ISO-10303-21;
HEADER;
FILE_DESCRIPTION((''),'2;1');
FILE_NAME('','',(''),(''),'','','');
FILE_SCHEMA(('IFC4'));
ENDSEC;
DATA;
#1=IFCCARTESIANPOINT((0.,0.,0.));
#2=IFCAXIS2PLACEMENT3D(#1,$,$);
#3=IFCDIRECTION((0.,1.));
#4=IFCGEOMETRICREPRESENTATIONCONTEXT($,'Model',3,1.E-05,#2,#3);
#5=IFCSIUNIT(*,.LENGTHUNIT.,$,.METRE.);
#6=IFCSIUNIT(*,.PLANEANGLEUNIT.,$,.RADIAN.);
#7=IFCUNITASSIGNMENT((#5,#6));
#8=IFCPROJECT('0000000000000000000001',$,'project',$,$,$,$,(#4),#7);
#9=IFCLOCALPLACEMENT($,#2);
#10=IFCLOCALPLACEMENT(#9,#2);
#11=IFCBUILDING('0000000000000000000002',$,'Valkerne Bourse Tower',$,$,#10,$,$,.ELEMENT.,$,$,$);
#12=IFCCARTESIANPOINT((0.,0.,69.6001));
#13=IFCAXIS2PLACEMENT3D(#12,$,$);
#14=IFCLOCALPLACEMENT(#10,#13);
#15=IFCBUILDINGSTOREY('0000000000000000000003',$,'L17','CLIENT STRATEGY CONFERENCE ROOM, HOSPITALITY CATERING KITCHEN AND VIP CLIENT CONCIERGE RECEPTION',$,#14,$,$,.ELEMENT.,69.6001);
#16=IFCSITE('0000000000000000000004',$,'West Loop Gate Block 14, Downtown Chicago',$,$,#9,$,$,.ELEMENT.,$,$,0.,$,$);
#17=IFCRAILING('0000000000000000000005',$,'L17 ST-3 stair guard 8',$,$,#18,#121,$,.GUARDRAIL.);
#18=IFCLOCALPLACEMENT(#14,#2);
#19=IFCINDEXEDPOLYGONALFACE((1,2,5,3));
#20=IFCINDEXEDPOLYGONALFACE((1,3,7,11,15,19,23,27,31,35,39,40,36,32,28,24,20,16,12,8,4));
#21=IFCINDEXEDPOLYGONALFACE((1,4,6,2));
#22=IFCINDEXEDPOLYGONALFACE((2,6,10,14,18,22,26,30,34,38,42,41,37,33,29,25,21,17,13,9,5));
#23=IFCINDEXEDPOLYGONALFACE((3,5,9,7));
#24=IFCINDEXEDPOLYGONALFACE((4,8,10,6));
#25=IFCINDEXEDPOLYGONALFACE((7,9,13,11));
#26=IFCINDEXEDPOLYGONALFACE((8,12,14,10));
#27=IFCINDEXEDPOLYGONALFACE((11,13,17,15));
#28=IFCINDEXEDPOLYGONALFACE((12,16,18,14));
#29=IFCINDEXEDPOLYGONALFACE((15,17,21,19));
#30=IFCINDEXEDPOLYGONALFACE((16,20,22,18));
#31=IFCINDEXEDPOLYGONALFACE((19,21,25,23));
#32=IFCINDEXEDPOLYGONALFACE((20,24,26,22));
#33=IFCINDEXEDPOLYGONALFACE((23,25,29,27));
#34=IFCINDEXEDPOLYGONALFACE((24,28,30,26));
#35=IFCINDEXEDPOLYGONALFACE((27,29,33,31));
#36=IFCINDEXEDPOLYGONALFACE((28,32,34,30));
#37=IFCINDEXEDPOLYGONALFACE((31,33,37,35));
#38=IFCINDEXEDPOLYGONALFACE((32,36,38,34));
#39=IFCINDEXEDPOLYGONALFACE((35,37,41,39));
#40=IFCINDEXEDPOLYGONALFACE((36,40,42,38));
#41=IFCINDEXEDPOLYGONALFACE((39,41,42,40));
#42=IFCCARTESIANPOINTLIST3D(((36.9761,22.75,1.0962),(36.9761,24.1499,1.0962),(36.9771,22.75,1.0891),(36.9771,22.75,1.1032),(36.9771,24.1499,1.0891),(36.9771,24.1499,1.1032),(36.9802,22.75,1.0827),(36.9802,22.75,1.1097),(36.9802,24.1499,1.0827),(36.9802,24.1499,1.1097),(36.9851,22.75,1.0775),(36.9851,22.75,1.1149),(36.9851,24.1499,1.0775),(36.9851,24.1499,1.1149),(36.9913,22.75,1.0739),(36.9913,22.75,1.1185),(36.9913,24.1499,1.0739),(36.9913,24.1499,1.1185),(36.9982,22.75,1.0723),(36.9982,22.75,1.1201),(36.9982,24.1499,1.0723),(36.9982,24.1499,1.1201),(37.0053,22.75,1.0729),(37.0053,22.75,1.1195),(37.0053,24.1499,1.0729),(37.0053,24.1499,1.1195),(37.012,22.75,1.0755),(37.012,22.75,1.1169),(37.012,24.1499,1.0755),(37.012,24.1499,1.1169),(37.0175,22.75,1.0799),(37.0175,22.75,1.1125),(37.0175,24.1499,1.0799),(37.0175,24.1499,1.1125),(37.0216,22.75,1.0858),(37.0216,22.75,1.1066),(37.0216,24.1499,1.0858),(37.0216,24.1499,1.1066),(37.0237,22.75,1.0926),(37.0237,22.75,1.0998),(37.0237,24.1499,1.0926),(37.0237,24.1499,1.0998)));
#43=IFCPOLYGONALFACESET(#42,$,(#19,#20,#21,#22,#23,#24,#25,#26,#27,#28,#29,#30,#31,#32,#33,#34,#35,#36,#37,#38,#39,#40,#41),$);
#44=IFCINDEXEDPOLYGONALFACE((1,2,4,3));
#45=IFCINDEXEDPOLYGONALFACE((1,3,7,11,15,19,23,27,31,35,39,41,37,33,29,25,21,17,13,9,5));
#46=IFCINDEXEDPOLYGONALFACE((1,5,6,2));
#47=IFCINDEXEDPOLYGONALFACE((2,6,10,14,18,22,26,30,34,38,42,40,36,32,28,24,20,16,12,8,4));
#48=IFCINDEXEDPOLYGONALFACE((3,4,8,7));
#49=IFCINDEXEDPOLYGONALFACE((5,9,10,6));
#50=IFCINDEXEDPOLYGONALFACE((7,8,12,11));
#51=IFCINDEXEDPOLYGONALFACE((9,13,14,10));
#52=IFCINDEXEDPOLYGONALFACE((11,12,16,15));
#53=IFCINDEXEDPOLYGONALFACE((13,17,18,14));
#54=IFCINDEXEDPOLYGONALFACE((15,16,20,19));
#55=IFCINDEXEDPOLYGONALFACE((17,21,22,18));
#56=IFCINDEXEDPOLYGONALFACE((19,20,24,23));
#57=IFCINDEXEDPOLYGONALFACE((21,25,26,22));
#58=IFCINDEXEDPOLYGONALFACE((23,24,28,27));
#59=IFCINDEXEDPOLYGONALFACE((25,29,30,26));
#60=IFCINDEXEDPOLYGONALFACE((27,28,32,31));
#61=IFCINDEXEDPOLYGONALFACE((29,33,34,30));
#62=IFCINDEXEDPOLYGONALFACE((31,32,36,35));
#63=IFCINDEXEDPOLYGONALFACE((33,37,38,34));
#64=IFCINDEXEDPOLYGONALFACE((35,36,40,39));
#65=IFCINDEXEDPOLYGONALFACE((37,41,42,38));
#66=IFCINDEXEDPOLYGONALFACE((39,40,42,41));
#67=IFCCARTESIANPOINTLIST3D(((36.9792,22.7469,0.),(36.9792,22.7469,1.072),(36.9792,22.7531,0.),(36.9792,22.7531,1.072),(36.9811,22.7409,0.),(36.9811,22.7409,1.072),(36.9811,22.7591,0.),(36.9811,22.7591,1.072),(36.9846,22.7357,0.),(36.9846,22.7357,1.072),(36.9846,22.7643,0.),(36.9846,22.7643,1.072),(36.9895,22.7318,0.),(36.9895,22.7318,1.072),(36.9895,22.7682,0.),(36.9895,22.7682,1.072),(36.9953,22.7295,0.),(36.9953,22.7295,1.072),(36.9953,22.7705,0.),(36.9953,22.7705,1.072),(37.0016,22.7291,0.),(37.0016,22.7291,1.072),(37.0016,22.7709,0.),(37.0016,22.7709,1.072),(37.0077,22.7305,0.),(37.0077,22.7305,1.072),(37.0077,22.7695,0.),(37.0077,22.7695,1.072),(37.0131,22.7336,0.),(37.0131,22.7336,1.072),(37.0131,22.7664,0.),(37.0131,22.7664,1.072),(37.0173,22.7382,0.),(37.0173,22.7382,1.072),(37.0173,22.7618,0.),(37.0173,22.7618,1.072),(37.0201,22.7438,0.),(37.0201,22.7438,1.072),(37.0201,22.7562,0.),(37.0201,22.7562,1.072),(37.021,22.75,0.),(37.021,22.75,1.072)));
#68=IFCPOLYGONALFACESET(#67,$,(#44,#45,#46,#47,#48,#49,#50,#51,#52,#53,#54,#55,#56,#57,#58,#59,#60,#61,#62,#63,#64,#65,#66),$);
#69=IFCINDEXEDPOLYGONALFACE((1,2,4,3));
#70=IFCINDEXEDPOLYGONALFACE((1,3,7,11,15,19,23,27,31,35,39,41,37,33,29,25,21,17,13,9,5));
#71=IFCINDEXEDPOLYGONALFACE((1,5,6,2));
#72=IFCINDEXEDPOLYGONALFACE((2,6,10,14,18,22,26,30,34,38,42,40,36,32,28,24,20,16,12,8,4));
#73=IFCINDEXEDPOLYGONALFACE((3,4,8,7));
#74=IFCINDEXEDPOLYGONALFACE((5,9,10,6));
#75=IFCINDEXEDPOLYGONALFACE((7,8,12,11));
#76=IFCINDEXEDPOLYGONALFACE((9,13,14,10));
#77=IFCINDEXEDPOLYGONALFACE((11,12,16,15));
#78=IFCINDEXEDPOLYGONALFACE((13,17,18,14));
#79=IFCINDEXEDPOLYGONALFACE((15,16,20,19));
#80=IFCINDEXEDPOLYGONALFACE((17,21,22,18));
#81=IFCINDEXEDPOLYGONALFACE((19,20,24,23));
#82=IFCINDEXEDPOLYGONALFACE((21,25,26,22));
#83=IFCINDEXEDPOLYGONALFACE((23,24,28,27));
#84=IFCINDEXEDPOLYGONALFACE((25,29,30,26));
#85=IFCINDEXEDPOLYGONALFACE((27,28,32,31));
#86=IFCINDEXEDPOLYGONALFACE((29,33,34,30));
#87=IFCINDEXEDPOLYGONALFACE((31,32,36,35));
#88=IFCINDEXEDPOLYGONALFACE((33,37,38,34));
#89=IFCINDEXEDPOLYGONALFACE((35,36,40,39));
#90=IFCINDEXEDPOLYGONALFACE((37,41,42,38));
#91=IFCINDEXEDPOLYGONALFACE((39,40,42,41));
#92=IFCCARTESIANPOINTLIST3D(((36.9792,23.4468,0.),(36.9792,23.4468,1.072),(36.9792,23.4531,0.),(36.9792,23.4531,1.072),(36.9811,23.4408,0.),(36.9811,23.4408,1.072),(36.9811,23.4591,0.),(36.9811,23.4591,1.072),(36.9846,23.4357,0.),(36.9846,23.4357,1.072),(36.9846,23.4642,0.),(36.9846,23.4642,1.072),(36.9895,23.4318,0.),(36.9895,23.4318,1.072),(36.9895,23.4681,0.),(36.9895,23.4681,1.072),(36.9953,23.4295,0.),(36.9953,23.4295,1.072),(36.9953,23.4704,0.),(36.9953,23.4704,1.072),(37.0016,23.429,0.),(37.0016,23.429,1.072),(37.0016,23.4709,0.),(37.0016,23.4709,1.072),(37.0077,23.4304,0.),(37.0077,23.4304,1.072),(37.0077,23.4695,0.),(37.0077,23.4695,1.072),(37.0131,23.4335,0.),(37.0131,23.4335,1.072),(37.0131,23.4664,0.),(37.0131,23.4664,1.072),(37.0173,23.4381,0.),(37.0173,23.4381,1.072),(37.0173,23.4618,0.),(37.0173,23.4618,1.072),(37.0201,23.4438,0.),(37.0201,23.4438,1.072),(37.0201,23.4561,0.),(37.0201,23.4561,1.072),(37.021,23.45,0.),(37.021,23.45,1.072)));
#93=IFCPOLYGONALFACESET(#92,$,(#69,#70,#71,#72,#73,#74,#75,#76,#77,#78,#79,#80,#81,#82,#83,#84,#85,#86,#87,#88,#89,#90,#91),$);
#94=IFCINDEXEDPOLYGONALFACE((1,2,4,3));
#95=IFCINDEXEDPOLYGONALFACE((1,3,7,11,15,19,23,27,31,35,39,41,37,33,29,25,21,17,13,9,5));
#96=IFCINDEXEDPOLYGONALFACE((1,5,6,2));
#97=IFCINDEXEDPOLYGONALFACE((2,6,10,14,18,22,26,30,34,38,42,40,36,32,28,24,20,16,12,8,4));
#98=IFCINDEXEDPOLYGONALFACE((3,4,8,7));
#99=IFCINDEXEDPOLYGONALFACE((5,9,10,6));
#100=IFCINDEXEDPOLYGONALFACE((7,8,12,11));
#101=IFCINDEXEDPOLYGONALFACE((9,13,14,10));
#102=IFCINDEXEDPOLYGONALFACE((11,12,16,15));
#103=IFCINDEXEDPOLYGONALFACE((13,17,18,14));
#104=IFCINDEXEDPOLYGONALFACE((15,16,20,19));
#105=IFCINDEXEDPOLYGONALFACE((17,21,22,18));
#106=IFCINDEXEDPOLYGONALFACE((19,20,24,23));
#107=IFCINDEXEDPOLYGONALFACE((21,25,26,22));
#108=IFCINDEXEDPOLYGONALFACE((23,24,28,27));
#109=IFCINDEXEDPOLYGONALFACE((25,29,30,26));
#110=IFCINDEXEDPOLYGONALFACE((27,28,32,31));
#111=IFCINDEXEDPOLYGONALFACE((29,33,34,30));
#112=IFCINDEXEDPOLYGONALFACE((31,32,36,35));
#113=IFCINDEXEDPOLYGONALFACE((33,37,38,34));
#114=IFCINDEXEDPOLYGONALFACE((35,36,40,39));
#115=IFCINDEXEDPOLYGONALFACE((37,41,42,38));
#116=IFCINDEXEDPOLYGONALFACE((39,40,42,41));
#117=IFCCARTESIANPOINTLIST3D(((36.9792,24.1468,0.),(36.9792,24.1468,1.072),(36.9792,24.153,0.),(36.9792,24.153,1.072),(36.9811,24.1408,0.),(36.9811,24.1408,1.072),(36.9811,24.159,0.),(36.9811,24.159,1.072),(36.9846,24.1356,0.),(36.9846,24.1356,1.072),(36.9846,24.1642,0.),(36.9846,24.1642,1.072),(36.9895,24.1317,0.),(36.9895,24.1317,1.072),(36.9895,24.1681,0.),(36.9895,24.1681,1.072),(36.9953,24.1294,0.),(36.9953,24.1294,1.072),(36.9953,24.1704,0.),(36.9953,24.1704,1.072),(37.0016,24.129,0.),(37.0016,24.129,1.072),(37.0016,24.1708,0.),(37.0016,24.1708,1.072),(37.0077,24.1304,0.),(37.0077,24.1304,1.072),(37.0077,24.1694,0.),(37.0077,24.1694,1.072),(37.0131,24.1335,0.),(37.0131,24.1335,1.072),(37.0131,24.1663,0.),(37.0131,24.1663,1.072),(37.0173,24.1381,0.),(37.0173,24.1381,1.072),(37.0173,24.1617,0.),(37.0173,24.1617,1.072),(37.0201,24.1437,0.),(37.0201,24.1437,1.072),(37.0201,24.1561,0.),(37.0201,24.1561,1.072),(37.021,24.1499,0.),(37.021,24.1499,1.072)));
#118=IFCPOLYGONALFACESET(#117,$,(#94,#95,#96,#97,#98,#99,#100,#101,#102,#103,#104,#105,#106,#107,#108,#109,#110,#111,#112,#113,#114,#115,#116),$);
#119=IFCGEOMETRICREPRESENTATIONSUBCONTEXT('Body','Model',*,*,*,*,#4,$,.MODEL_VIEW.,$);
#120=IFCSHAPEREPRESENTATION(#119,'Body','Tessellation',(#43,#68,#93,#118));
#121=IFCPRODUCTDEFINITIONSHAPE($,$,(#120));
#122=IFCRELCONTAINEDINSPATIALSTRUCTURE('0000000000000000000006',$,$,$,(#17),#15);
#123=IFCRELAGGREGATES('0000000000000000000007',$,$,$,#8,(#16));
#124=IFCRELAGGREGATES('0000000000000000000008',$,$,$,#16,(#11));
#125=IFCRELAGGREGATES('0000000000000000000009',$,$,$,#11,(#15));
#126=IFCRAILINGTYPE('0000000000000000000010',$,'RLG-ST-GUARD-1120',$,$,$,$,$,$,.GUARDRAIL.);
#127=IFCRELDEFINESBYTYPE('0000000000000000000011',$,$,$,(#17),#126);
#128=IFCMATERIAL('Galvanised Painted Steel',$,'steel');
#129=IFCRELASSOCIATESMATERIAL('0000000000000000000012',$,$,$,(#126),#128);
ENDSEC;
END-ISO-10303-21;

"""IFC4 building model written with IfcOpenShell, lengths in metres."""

from ifc_helpers import new_model, si_unit, direction, frame, origin, origin_2d, place, context, subcontext, project, spatial, circle, extrude, material, type_object, element, save


model = new_model("IFC4")

# Units and contexts
model_context = context("Model", 3, precision=1e-05, world=origin(), true_north=direction((0.0, 1.0)))
body_context = subcontext(model_context, "Body", "Model", "MODEL_VIEW")
ifc_project = project(units=[si_unit("LENGTHUNIT", "METRE"), si_unit("PLANEANGLEUNIT", "RADIAN")], contexts=[model_context])

# Site, building, storey
site_placement = place(None, origin())
site = spatial("IfcSite", under=ifc_project, at=site_placement, Name="West Loop Gate Block 14, Downtown Chicago", CompositionType="ELEMENT", RefElevation=0.0)
building_placement = place(site_placement, origin())
building = spatial("IfcBuilding", under=site, at=building_placement, Name="Valkerne Bourse Tower", CompositionType="ELEMENT")
storey_placement = place(building_placement, frame((0.0, 0.0, 69.6001)))
storey = spatial("IfcBuildingStorey", under=building, at=storey_placement, Name="L17", Description="CLIENT STRATEGY CONFERENCE ROOM, HOSPITALITY CATERING KITCHEN AND VIP CLIENT CONCIERGE RECEPTION", CompositionType="ELEMENT", Elevation=69.6001)

# Shared definitions
ifc_material_1 = material(Name="Galvanised Painted Steel", Category="steel")

# Railing
railing_type_1 = type_object("IfcRailingType", Name="RLG-ST-GUARD-1120", PredefinedType="GUARDRAIL", material=ifc_material_1)
railing_1_placement = place(storey_placement, frame((37.0, 22.75, 0.0)))
element("IfcRailing", 1, at=railing_1_placement, inside=storey, type_object=railing_type_1, Name="L17 ST-3 stair guard 8", PredefinedType="GUARDRAIL", context=body_context, shape_type="SweptSolid", body=[
    extrude(circle(Radius=0.0239, at=origin_2d()), frame((0.0, 0.0, 1.0962), z_axis=(0.0, 1.0, 0.0), x_axis=(-1.0, 0.0, 0.0)), (0.0, 0.0, 1.0), 1.3999),
    extrude(circle(Radius=0.021, at=origin_2d()), origin(), (0.0, 0.0, 1.0), 1.072),
    extrude(circle(Radius=0.021, at=origin_2d()), frame((0.0, 0.7, 0.0)), (0.0, 0.0, 1.0), 1.072),
    extrude(circle(Radius=0.021, at=origin_2d()), frame((0.0, 1.3999, 0.0)), (0.0, 0.0, 1.0), 1.072),
])

save(model, "model.ifc")
